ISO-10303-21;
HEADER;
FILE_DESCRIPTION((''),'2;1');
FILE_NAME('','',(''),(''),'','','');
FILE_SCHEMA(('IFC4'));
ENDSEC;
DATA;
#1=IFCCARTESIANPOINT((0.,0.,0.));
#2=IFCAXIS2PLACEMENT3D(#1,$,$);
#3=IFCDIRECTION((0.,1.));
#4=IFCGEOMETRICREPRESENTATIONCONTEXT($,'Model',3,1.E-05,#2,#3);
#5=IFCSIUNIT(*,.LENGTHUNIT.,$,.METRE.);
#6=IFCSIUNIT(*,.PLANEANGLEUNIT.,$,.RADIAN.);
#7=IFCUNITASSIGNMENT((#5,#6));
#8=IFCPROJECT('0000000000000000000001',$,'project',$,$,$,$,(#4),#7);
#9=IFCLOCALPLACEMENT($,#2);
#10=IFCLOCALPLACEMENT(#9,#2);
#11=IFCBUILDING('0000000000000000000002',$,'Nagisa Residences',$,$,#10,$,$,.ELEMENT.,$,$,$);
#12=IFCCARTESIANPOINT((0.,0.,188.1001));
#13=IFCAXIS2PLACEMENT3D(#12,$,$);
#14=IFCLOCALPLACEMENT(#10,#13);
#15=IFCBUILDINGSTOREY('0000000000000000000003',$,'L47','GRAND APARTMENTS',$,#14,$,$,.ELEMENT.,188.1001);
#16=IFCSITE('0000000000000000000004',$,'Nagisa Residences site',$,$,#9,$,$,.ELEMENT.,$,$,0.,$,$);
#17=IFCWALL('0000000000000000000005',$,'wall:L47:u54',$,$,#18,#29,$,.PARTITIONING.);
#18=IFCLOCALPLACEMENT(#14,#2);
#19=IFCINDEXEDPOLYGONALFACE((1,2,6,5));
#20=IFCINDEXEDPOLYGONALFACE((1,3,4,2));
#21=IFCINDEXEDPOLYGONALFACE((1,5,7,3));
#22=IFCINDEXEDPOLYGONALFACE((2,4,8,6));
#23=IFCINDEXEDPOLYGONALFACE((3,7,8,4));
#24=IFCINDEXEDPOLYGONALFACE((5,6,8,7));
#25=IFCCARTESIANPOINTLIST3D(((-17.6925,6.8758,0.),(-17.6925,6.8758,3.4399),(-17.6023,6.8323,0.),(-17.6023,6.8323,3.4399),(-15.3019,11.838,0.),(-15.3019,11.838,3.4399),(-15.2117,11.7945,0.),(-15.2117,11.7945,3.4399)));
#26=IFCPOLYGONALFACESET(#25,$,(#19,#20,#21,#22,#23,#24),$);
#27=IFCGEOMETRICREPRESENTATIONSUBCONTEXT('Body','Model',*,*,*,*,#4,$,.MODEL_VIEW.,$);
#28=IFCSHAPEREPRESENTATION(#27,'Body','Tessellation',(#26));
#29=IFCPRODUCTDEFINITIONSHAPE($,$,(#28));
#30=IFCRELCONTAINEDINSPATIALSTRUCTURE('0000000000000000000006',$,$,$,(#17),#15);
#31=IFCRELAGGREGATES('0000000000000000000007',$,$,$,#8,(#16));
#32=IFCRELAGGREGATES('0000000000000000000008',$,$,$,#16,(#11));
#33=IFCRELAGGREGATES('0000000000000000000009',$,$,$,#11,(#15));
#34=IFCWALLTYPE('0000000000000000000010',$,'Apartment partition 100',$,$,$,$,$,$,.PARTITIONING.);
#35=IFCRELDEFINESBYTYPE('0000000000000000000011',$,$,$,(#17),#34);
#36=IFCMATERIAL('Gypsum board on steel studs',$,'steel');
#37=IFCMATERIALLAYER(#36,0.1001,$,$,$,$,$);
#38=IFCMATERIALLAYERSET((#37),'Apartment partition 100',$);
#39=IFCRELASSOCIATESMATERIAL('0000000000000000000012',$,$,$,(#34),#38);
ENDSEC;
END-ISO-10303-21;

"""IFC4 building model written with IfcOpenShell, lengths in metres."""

from ifc_helpers import new_model, si_unit, direction, frame, frame_2d, origin, place, context, subcontext, project, spatial, rectangle, extrude, material, layer, layer_set, type_object, element, save


model = new_model("IFC4")

# Units and contexts
model_context = context("Model", 3, precision=1e-05, world=origin(), true_north=direction((0.0, 1.0)))
body_context = subcontext(model_context, "Body", "Model", "MODEL_VIEW")
ifc_project = project(units=[si_unit("LENGTHUNIT", "METRE"), si_unit("PLANEANGLEUNIT", "RADIAN")], contexts=[model_context])

# Site, building, storey
site_placement = place(None, origin())
site = spatial("IfcSite", under=ifc_project, at=site_placement, Name="Nagisa Residences site", CompositionType="ELEMENT", RefElevation=0.0)
building_placement = place(site_placement, origin())
building = spatial("IfcBuilding", under=site, at=building_placement, Name="Nagisa Residences", CompositionType="ELEMENT")
storey_placement = place(building_placement, frame((0.0, 0.0, 188.1001)))
storey = spatial("IfcBuildingStorey", under=building, at=storey_placement, Name="L47", Description="GRAND APARTMENTS", CompositionType="ELEMENT", Elevation=188.1001)

# Shared definitions
ifc_material_1 = material(Name="Gypsum board on steel studs", Category="steel")
ifc_layer_1 = layer(ifc_material_1, 0.1001)
ifc_layer_set_1 = layer_set([ifc_layer_1], Name="Apartment partition 100")
wall_type_1 = type_object("IfcWallType", Name="Apartment partition 100", PredefinedType="PARTITIONING", material=ifc_layer_set_1)

# Wall
wall_1_placement = place(storey_placement, frame((-15.2568, 11.8162, 0.0), z_axis=(0.0, 0.0, 1.0), x_axis=(-0.434028, -0.9009, 0.0)))
element("IfcWall", 1, at=wall_1_placement, inside=storey, type_object=wall_type_1, Name="wall:L47:u54", PredefinedType="PARTITIONING", context=body_context, shape_type="SweptSolid", body=[
    extrude(rectangle(XDim=5.5081, YDim=0.1001, at=frame_2d((2.7539, 0.0))), origin(), (0.0, 0.0, 1.0), 3.4399),
])

save(model, "model.ifc")
